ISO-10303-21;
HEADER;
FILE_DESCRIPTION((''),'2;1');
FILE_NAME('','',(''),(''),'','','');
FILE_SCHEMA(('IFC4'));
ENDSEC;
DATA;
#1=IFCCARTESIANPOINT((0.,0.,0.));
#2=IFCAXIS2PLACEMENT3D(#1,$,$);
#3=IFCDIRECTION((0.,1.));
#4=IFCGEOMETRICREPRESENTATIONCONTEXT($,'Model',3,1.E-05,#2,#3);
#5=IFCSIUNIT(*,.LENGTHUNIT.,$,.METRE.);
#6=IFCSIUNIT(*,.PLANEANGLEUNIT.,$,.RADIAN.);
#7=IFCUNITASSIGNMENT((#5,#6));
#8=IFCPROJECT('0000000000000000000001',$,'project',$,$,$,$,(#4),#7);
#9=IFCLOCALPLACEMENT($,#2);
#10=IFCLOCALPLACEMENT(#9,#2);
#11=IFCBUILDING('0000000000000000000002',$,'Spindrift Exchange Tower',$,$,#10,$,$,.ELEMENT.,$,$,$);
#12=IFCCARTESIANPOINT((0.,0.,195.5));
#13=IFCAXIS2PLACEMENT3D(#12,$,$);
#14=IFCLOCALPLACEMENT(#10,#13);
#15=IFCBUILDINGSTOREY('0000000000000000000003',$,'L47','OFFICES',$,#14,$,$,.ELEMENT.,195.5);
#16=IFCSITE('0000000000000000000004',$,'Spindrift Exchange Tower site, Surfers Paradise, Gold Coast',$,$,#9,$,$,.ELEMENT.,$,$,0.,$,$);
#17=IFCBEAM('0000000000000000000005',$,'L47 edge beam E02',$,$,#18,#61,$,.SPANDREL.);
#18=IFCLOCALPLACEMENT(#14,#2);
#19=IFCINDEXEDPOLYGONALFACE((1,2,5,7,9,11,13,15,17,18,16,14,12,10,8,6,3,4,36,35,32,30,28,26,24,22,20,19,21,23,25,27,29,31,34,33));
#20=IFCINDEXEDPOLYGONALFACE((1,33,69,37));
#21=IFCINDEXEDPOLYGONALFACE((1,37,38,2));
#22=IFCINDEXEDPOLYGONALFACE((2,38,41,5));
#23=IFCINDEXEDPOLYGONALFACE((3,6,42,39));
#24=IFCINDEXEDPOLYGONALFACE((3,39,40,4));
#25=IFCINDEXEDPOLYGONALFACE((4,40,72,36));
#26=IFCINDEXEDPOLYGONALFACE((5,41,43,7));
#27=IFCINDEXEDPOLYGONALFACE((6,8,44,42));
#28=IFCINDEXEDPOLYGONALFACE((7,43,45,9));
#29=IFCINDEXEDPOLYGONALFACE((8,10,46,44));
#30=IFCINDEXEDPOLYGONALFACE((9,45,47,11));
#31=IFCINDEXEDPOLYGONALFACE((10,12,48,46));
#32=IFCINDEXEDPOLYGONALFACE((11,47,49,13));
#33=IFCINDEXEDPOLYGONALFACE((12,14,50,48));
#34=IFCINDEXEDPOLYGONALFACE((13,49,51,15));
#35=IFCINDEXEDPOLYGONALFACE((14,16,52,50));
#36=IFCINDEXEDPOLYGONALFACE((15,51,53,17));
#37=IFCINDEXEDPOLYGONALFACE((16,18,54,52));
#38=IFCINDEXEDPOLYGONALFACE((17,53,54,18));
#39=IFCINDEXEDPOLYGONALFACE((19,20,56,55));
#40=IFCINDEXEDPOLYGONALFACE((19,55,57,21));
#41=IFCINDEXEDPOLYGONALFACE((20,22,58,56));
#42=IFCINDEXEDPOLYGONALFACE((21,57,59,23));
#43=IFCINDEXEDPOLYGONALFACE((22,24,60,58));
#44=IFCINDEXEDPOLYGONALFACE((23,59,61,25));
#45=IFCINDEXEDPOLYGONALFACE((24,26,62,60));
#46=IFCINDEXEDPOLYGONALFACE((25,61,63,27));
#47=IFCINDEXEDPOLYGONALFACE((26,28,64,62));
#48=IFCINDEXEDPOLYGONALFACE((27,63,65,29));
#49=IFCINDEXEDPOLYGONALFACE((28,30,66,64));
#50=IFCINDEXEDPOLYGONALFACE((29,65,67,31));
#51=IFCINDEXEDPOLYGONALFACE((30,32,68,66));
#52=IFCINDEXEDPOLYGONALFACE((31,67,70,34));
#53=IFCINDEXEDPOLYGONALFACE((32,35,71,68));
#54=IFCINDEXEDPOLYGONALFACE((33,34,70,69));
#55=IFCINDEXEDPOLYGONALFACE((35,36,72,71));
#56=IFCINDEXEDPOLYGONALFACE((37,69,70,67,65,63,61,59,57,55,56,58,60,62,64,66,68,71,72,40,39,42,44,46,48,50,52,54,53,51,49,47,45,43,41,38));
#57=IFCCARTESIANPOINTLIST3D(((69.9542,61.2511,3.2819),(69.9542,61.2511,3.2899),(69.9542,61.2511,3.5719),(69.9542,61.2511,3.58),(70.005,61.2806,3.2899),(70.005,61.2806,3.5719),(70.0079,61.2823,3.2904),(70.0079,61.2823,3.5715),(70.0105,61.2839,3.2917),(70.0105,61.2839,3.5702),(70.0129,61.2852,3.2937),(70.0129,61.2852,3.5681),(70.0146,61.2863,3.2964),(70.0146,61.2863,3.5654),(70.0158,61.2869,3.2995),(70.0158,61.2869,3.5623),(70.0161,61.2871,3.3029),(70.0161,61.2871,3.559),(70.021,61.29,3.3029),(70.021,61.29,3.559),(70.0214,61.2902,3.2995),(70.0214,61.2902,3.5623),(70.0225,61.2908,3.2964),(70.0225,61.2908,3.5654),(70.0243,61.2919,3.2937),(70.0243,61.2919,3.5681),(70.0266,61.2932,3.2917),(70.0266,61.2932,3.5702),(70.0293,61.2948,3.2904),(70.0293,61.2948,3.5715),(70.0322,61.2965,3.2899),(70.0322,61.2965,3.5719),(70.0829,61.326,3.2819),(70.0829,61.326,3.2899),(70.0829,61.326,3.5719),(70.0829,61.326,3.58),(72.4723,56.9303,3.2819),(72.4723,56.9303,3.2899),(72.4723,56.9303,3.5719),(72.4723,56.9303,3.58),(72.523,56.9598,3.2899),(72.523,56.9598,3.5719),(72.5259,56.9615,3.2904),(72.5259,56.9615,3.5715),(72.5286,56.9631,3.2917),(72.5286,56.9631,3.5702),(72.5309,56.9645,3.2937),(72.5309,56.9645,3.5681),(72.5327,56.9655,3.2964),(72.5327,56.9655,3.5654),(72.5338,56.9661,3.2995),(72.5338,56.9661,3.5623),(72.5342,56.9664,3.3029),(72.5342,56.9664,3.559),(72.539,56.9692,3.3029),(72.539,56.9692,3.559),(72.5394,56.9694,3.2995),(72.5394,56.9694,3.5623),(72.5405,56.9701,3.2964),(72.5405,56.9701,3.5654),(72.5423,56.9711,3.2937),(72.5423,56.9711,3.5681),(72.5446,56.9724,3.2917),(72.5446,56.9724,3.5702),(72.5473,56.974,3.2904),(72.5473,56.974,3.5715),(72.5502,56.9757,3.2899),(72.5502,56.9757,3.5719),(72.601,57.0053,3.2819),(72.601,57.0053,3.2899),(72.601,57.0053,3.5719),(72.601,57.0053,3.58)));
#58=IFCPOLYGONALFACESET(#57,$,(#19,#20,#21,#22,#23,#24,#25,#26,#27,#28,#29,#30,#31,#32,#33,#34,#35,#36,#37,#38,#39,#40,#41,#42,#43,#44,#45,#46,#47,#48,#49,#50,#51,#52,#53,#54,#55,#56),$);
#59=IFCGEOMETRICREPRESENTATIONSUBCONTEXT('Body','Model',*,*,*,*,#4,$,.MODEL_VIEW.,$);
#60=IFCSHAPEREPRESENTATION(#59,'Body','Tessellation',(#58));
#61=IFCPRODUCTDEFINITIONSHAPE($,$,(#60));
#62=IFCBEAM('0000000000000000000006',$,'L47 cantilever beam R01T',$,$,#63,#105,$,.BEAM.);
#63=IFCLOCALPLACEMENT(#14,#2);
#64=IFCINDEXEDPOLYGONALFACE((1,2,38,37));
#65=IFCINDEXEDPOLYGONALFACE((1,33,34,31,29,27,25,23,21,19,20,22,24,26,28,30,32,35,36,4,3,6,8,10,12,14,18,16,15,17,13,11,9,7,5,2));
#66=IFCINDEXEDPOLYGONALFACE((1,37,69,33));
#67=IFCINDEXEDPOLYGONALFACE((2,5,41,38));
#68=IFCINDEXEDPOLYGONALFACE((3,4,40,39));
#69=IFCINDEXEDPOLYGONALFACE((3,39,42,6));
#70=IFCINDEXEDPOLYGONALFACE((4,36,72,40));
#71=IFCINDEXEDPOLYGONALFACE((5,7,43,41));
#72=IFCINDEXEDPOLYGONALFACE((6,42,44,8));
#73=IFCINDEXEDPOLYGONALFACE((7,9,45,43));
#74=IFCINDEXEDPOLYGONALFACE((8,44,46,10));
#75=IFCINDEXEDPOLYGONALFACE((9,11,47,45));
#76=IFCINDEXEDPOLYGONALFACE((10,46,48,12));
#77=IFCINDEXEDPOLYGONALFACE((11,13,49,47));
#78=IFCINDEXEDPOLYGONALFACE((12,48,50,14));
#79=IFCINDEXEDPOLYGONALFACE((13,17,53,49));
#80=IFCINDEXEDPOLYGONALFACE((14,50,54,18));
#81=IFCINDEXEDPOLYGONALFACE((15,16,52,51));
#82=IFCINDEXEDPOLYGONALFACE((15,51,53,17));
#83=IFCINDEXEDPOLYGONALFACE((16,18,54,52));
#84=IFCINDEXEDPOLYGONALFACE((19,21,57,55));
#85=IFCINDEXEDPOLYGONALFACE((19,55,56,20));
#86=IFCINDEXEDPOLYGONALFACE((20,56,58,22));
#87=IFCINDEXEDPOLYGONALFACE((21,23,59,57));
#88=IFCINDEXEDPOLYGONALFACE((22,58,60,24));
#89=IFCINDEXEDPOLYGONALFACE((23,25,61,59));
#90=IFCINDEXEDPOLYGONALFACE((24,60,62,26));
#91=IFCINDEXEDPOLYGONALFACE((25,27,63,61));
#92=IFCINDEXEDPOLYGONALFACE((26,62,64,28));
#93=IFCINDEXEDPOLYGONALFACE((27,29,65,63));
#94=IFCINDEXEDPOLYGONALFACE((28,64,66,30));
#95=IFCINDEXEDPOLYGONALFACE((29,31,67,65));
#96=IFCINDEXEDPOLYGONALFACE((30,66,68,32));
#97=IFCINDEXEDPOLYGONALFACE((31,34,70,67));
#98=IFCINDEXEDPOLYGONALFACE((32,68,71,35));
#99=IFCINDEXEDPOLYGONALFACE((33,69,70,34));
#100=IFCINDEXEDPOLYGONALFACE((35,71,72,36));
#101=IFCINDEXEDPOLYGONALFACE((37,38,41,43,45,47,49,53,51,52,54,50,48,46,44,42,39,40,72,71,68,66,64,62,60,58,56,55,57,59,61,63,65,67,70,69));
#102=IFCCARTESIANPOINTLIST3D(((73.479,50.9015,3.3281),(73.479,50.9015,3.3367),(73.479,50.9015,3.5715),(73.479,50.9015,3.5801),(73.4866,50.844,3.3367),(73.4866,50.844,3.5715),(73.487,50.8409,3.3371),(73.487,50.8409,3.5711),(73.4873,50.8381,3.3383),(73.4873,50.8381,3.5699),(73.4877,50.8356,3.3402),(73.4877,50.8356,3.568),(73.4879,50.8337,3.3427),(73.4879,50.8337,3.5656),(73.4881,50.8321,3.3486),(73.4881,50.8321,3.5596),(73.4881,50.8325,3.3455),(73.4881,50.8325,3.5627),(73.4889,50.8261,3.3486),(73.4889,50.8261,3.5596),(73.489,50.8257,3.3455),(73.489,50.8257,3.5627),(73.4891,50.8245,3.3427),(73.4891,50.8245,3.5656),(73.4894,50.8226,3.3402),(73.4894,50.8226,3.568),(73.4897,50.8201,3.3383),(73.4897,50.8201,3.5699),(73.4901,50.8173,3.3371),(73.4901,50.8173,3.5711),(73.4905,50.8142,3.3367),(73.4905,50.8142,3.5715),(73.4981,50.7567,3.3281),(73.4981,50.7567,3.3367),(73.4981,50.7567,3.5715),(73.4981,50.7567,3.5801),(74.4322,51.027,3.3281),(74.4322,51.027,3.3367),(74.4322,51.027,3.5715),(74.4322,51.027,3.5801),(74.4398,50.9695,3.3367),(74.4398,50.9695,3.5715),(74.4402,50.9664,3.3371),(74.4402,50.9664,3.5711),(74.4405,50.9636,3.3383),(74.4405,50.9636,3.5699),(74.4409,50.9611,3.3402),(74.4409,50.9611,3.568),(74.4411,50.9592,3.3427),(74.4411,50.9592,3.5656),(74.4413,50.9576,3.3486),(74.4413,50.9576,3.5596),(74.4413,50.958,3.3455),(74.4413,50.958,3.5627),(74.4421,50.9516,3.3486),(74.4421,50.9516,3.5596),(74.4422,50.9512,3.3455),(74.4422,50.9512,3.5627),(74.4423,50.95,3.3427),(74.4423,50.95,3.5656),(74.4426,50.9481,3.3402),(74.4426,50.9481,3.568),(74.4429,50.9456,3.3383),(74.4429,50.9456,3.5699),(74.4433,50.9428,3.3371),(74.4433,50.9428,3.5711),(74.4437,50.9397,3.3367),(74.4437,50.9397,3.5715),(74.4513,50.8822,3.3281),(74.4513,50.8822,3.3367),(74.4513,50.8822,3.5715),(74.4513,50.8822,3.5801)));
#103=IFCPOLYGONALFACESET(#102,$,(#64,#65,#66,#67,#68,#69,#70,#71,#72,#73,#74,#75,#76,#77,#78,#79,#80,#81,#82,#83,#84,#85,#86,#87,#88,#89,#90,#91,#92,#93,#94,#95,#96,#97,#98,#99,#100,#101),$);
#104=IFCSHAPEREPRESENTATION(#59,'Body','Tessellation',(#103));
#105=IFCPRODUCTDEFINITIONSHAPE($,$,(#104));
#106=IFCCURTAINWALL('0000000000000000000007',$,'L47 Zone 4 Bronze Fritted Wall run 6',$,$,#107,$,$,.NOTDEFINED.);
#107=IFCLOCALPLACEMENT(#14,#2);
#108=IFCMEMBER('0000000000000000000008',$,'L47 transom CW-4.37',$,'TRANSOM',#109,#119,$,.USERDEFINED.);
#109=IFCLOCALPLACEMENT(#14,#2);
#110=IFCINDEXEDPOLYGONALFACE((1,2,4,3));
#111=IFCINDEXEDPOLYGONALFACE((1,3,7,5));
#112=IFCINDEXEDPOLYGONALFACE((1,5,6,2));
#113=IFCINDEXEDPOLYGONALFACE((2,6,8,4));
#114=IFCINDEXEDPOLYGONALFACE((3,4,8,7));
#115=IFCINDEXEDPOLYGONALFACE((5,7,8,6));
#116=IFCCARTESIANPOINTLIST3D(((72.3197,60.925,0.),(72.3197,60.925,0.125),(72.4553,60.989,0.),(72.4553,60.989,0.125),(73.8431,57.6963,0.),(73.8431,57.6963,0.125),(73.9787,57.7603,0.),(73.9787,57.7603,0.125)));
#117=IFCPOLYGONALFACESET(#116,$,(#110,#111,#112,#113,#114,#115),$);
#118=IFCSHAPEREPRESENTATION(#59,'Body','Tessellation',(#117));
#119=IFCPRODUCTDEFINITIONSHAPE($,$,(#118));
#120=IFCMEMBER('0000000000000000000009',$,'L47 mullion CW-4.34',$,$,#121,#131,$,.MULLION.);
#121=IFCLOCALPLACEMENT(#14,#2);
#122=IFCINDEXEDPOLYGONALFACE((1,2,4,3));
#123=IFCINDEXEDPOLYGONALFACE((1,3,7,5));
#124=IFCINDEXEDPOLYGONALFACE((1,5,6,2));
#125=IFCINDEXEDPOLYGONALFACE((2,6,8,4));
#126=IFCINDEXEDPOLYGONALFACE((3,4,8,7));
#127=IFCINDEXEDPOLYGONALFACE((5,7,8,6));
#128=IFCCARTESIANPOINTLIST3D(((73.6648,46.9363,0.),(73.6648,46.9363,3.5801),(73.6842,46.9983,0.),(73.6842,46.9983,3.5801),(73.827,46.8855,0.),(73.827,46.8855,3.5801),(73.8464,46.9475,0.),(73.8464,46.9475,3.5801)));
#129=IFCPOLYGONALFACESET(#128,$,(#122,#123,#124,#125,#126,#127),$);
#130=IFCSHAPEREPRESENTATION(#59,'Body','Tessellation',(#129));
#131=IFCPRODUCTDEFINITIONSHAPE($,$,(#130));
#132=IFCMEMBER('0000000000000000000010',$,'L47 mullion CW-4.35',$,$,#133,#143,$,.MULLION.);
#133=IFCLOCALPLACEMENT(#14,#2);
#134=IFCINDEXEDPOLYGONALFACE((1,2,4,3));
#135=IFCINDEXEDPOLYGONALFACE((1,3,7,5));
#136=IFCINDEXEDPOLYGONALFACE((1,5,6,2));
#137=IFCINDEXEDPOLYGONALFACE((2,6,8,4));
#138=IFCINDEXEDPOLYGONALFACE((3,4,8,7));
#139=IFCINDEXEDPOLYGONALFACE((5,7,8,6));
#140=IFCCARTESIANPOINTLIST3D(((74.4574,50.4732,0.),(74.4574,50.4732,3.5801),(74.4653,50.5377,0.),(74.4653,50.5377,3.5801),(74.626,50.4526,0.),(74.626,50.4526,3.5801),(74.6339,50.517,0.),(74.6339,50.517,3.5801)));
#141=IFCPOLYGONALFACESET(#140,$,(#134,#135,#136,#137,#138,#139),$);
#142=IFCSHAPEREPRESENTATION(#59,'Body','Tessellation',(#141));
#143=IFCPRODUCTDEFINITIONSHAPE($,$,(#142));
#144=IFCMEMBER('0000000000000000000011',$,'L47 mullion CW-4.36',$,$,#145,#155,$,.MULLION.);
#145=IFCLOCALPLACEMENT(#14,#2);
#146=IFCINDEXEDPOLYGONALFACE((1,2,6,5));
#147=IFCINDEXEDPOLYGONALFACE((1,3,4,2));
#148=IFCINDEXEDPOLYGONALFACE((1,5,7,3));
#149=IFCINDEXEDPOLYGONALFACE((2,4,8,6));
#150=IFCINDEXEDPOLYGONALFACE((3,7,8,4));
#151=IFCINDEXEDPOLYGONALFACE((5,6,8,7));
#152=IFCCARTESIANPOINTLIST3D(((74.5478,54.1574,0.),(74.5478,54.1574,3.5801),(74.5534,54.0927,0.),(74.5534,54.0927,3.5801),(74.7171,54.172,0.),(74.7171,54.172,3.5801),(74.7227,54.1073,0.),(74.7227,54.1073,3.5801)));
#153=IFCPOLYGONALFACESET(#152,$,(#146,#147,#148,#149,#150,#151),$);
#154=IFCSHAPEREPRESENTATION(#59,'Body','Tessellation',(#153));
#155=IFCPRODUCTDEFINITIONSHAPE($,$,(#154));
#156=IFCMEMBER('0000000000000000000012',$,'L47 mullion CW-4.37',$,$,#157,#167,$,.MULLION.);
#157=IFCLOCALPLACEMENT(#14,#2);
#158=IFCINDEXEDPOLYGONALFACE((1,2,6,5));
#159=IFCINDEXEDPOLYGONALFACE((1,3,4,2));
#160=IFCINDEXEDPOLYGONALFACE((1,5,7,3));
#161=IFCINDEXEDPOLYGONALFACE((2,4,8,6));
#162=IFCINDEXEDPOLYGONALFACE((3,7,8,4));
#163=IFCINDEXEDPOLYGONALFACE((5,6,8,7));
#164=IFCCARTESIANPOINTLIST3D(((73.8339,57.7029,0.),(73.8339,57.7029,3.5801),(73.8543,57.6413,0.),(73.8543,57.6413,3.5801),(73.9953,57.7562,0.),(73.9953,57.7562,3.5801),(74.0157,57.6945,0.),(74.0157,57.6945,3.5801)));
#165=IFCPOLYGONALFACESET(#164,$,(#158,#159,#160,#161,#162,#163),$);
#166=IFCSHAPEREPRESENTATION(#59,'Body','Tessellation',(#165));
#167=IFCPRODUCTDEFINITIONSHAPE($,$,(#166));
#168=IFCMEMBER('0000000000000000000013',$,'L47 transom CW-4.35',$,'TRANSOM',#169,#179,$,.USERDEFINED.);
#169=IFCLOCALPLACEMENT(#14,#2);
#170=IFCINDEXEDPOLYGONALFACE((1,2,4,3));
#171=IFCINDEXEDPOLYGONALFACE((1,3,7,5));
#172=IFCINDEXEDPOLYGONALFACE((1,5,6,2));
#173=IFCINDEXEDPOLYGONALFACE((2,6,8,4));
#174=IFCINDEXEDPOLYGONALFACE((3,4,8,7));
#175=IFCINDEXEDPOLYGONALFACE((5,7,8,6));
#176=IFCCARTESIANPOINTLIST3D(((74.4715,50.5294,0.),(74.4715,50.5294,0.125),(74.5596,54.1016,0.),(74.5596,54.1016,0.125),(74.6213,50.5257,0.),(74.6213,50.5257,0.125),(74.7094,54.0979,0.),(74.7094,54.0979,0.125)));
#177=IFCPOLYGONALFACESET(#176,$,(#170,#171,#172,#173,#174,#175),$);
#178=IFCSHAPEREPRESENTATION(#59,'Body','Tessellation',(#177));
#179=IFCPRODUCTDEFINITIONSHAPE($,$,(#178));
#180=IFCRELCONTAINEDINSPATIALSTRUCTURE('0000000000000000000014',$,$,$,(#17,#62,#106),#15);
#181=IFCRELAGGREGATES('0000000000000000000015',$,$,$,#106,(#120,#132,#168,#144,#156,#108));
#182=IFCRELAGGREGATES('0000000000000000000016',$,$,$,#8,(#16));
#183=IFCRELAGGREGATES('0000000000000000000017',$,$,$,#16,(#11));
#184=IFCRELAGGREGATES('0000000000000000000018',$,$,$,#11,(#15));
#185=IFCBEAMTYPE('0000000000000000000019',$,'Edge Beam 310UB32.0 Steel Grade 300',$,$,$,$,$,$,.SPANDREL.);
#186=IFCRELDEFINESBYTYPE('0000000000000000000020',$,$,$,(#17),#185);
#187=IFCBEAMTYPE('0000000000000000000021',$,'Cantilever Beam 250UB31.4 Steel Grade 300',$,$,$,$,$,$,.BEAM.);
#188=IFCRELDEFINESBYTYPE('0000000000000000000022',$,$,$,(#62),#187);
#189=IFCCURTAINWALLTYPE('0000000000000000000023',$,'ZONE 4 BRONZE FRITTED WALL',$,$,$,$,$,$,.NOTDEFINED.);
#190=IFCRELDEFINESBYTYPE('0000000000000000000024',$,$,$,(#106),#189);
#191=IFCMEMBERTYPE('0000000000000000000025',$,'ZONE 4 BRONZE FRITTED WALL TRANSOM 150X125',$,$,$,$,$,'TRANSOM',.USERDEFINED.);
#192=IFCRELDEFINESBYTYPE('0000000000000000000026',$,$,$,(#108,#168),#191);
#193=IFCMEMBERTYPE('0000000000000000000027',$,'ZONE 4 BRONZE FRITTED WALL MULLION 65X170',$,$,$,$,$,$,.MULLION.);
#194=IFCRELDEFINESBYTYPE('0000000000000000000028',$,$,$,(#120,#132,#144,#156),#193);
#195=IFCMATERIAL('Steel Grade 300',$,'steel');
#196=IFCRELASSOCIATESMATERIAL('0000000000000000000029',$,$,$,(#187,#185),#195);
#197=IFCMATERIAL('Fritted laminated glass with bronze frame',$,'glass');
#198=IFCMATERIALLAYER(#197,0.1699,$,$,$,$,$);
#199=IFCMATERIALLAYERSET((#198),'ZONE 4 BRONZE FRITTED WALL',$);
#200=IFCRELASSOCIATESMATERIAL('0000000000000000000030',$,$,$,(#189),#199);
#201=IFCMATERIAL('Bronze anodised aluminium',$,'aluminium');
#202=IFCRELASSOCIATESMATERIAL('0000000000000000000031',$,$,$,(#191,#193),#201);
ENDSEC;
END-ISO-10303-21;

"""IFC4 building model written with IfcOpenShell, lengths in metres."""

from ifc_helpers import new_model, si_unit, direction, frame, origin, origin_2d, place, context, subcontext, project, spatial, rectangle, i_section, extrude, source, transform, mapped, material, layer, layer_set, material_profile, profile_set, type_object, element, aggregate, save


model = new_model("IFC4")

# Units and contexts
model_context = context("Model", 3, precision=1e-05, world=origin(), true_north=direction((0.0, 1.0)))
body_context = subcontext(model_context, "Body", "Model", "MODEL_VIEW")
ifc_project = project(units=[si_unit("LENGTHUNIT", "METRE"), si_unit("PLANEANGLEUNIT", "RADIAN")], contexts=[model_context])

# Site, building, storey
site_placement = place(None, origin())
site = spatial("IfcSite", under=ifc_project, at=site_placement, Name="Spindrift Exchange Tower site, Surfers Paradise, Gold Coast", CompositionType="ELEMENT", RefElevation=0.0)
building_placement = place(site_placement, origin())
building = spatial("IfcBuilding", under=site, at=building_placement, Name="Spindrift Exchange Tower", CompositionType="ELEMENT")
storey_placement = place(building_placement, frame((0.0, 0.0, 195.5)))
storey = spatial("IfcBuildingStorey", under=building, at=storey_placement, Name="L47", Description="OFFICES", CompositionType="ELEMENT", Elevation=195.5)

# Beams
ifc_material_1 = material(Name="Steel Grade 300", Category="steel")
ifc_material_profile_1 = material_profile(ifc_material_1, i_section(OverallWidth=0.146, OverallDepth=0.252, WebThickness=0.0061, FlangeThickness=0.0085, FilletRadius=0.012, at=origin_2d()), Name="250UB31.4")
ifc_profile_set_1 = profile_set([ifc_material_profile_1], Name="Steel Grade 300")
beam_type_1 = type_object("IfcBeamType", Name="Cantilever Beam 250UB31.4 Steel Grade 300", PredefinedType="BEAM", material=ifc_profile_set_1)
ifc_material_profile_2 = material_profile(ifc_material_1, i_section(OverallWidth=0.1489, OverallDepth=0.2981, WebThickness=0.0056, FlangeThickness=0.0081, FilletRadius=0.0129, at=origin_2d()), Name="310UB32.0")
ifc_profile_set_2 = profile_set([ifc_material_profile_2], Name="Steel Grade 300")
beam_type_2 = type_object("IfcBeamType", Name="Edge Beam 310UB32.0 Steel Grade 300", PredefinedType="SPANDREL", material=ifc_profile_set_2)
shared_shape_1 = source(origin(), body_context, "Body", "SweptSolid", [
    extrude(i_section(OverallWidth=0.1489, OverallDepth=0.2981, WebThickness=0.0056, FlangeThickness=0.0081, FilletRadius=0.0129, at=origin_2d()), origin(), (0.0, 0.0, 1.0), 5.001),
])
beam_1_placement = place(storey_placement, frame((72.5366, 56.9678, 3.4309), z_axis=(-0.503513, 0.863988, 0.0), x_axis=(-0.863988, -0.503513, 0.0)))
element("IfcBeam", 1, at=beam_1_placement, inside=storey, type_object=beam_type_2, Name="L47 edge beam E02", PredefinedType="SPANDREL", context=body_context, shape_type="MappedRepresentation", body=[
    mapped(shared_shape_1, transform((0.0, 0.0, 0.0), scale=1.0)),
])
shared_shape_2 = source(origin(), body_context, "Body", "SweptSolid", [
    extrude(i_section(OverallWidth=0.146, OverallDepth=0.252, WebThickness=0.0061, FlangeThickness=0.0085, FilletRadius=0.012, at=origin_2d()), origin(), (0.0, 0.0, 1.0), 0.9614),
])
beam_2_placement = place(storey_placement, frame((73.4885, 50.8291, 3.4541), z_axis=(0.991444, 0.130533, 0.0), x_axis=(-0.130533, 0.991444, 0.0)))
element("IfcBeam", 2, at=beam_2_placement, inside=storey, type_object=beam_type_1, Name="L47 cantilever beam R01T", PredefinedType="BEAM", context=body_context, shape_type="MappedRepresentation", body=[
    mapped(shared_shape_2, transform((0.0, 0.0, 0.0), scale=1.0)),
])

# Curtain wall, members
ifc_material_2 = material(Name="Fritted laminated glass with bronze frame", Category="glass")
ifc_layer_1 = layer(ifc_material_2, 0.1699)
ifc_layer_set_1 = layer_set([ifc_layer_1], Name="ZONE 4 BRONZE FRITTED WALL")
curtain_wall_type = type_object("IfcCurtainWallType", Name="ZONE 4 BRONZE FRITTED WALL", PredefinedType="NOTDEFINED", material=ifc_layer_set_1)
curtain_wall_placement = place(storey_placement, origin())
curtain_wall = element("IfcCurtainWall", 3, at=curtain_wall_placement, inside=storey, type_object=curtain_wall_type, Name="L47 Zone 4 Bronze Fritted Wall run 6", PredefinedType="NOTDEFINED")
ifc_material_3 = material(Name="Bronze anodised aluminium", Category="aluminium")
ifc_material_profile_3 = material_profile(ifc_material_3, rectangle(XDim=0.1499, YDim=0.125, at=origin_2d()), Name="ZONE 4 BRONZE FRITTED WALL TRANSOM 150X125")
ifc_profile_set_3 = profile_set([ifc_material_profile_3], Name="Bronze anodised aluminium")
member_type_1 = type_object("IfcMemberType", Name="ZONE 4 BRONZE FRITTED WALL TRANSOM 150X125", ElementType="TRANSOM", PredefinedType="USERDEFINED", material=ifc_profile_set_3)
shared_shape_3 = source(origin(), body_context, "Body", "SweptSolid", [
    extrude(rectangle(XDim=0.1499, YDim=0.125, at=origin_2d()), origin(), (0.0, 0.0, 1.0), 3.5701),
])
member_1_placement = place(storey_placement, frame((73.9109, 57.7283, 0.0625), z_axis=(-0.426719, 0.904384, 0.0), x_axis=(-0.904384, -0.426719, 0.0)))
member_1 = element("IfcMember", 4, at=member_1_placement, type_object=member_type_1, Name="L47 transom CW-4.37", ObjectType="TRANSOM", PredefinedType="USERDEFINED", context=body_context, shape_type="MappedRepresentation", body=[
    mapped(shared_shape_3, transform((0.0, 0.0, 0.0), scale=1.0)),
])
ifc_material_profile_4 = material_profile(ifc_material_3, rectangle(XDim=0.0649, YDim=0.1699, at=origin_2d()), Name="ZONE 4 BRONZE FRITTED WALL MULLION 65X170")
ifc_profile_set_4 = profile_set([ifc_material_profile_4], Name="Bronze anodised aluminium")
member_type_2 = type_object("IfcMemberType", Name="ZONE 4 BRONZE FRITTED WALL MULLION 65X170", PredefinedType="MULLION", material=ifc_profile_set_4)
shared_shape_4 = source(origin(), body_context, "Body", "SweptSolid", [
    extrude(rectangle(XDim=0.0649, YDim=0.1699, at=origin_2d()), origin(), (0.0, 0.0, 1.0), 3.5801),
])
member_2_placement = place(storey_placement, frame((73.7556, 46.9419, 0.0), z_axis=(0.0, 0.0, 1.0), x_axis=(0.29875, 0.954332, 0.0)))
member_2 = element("IfcMember", 5, at=member_2_placement, type_object=member_type_2, Name="L47 mullion CW-4.34", PredefinedType="MULLION", context=body_context, shape_type="MappedRepresentation", body=[
    mapped(shared_shape_4, transform((0.0, 0.0, 0.0), scale=1.0)),
])
member_3_placement = place(storey_placement, frame((74.5457, 50.4951, 0.0), z_axis=(0.0, 0.0, 1.0), x_axis=(0.121416, 0.992602, 0.0)))
member_3 = element("IfcMember", 6, at=member_3_placement, type_object=member_type_2, Name="L47 mullion CW-4.35", PredefinedType="MULLION", context=body_context, shape_type="MappedRepresentation", body=[
    mapped(shared_shape_4, transform((0.0, 0.0, 0.0), scale=1.0)),
])
member_4_placement = place(storey_placement, frame((74.6353, 54.1323, 0.0), z_axis=(0.0, 0.0, 1.0), x_axis=(-0.085899, 0.996304, 0.0)))
member_4 = element("IfcMember", 7, at=member_4_placement, type_object=member_type_2, Name="L47 mullion CW-4.36", PredefinedType="MULLION", context=body_context, shape_type="MappedRepresentation", body=[
    mapped(shared_shape_4, transform((0.0, 0.0, 0.0), scale=1.0)),
])
member_5_placement = place(storey_placement, frame((73.9248, 57.6987, 0.0), z_axis=(0.0, 0.0, 1.0), x_axis=(-0.313388, 0.949625, 0.0)))
member_5 = element("IfcMember", 8, at=member_5_placement, type_object=member_type_2, Name="L47 mullion CW-4.37", PredefinedType="MULLION", context=body_context, shape_type="MappedRepresentation", body=[
    mapped(shared_shape_4, transform((0.0, 0.0, 0.0), scale=1.0)),
])
shared_shape_5 = source(origin(), body_context, "Body", "SweptSolid", [
    extrude(rectangle(XDim=0.1499, YDim=0.125, at=origin_2d()), origin(), (0.0, 0.0, 1.0), 3.5732),
])
member_6_placement = place(storey_placement, frame((74.5464, 50.5276, 0.0625), z_axis=(0.024664, 0.999696, 0.0), x_axis=(-0.999696, 0.024664, 0.0)))
member_6 = element("IfcMember", 9, at=member_6_placement, type_object=member_type_1, Name="L47 transom CW-4.35", ObjectType="TRANSOM", PredefinedType="USERDEFINED", context=body_context, shape_type="MappedRepresentation", body=[
    mapped(shared_shape_5, transform((0.0, 0.0, 0.0), scale=1.0)),
])
aggregate(curtain_wall, [member_2, member_3, member_6, member_4, member_5, member_1])

save(model, "model.ifc")
